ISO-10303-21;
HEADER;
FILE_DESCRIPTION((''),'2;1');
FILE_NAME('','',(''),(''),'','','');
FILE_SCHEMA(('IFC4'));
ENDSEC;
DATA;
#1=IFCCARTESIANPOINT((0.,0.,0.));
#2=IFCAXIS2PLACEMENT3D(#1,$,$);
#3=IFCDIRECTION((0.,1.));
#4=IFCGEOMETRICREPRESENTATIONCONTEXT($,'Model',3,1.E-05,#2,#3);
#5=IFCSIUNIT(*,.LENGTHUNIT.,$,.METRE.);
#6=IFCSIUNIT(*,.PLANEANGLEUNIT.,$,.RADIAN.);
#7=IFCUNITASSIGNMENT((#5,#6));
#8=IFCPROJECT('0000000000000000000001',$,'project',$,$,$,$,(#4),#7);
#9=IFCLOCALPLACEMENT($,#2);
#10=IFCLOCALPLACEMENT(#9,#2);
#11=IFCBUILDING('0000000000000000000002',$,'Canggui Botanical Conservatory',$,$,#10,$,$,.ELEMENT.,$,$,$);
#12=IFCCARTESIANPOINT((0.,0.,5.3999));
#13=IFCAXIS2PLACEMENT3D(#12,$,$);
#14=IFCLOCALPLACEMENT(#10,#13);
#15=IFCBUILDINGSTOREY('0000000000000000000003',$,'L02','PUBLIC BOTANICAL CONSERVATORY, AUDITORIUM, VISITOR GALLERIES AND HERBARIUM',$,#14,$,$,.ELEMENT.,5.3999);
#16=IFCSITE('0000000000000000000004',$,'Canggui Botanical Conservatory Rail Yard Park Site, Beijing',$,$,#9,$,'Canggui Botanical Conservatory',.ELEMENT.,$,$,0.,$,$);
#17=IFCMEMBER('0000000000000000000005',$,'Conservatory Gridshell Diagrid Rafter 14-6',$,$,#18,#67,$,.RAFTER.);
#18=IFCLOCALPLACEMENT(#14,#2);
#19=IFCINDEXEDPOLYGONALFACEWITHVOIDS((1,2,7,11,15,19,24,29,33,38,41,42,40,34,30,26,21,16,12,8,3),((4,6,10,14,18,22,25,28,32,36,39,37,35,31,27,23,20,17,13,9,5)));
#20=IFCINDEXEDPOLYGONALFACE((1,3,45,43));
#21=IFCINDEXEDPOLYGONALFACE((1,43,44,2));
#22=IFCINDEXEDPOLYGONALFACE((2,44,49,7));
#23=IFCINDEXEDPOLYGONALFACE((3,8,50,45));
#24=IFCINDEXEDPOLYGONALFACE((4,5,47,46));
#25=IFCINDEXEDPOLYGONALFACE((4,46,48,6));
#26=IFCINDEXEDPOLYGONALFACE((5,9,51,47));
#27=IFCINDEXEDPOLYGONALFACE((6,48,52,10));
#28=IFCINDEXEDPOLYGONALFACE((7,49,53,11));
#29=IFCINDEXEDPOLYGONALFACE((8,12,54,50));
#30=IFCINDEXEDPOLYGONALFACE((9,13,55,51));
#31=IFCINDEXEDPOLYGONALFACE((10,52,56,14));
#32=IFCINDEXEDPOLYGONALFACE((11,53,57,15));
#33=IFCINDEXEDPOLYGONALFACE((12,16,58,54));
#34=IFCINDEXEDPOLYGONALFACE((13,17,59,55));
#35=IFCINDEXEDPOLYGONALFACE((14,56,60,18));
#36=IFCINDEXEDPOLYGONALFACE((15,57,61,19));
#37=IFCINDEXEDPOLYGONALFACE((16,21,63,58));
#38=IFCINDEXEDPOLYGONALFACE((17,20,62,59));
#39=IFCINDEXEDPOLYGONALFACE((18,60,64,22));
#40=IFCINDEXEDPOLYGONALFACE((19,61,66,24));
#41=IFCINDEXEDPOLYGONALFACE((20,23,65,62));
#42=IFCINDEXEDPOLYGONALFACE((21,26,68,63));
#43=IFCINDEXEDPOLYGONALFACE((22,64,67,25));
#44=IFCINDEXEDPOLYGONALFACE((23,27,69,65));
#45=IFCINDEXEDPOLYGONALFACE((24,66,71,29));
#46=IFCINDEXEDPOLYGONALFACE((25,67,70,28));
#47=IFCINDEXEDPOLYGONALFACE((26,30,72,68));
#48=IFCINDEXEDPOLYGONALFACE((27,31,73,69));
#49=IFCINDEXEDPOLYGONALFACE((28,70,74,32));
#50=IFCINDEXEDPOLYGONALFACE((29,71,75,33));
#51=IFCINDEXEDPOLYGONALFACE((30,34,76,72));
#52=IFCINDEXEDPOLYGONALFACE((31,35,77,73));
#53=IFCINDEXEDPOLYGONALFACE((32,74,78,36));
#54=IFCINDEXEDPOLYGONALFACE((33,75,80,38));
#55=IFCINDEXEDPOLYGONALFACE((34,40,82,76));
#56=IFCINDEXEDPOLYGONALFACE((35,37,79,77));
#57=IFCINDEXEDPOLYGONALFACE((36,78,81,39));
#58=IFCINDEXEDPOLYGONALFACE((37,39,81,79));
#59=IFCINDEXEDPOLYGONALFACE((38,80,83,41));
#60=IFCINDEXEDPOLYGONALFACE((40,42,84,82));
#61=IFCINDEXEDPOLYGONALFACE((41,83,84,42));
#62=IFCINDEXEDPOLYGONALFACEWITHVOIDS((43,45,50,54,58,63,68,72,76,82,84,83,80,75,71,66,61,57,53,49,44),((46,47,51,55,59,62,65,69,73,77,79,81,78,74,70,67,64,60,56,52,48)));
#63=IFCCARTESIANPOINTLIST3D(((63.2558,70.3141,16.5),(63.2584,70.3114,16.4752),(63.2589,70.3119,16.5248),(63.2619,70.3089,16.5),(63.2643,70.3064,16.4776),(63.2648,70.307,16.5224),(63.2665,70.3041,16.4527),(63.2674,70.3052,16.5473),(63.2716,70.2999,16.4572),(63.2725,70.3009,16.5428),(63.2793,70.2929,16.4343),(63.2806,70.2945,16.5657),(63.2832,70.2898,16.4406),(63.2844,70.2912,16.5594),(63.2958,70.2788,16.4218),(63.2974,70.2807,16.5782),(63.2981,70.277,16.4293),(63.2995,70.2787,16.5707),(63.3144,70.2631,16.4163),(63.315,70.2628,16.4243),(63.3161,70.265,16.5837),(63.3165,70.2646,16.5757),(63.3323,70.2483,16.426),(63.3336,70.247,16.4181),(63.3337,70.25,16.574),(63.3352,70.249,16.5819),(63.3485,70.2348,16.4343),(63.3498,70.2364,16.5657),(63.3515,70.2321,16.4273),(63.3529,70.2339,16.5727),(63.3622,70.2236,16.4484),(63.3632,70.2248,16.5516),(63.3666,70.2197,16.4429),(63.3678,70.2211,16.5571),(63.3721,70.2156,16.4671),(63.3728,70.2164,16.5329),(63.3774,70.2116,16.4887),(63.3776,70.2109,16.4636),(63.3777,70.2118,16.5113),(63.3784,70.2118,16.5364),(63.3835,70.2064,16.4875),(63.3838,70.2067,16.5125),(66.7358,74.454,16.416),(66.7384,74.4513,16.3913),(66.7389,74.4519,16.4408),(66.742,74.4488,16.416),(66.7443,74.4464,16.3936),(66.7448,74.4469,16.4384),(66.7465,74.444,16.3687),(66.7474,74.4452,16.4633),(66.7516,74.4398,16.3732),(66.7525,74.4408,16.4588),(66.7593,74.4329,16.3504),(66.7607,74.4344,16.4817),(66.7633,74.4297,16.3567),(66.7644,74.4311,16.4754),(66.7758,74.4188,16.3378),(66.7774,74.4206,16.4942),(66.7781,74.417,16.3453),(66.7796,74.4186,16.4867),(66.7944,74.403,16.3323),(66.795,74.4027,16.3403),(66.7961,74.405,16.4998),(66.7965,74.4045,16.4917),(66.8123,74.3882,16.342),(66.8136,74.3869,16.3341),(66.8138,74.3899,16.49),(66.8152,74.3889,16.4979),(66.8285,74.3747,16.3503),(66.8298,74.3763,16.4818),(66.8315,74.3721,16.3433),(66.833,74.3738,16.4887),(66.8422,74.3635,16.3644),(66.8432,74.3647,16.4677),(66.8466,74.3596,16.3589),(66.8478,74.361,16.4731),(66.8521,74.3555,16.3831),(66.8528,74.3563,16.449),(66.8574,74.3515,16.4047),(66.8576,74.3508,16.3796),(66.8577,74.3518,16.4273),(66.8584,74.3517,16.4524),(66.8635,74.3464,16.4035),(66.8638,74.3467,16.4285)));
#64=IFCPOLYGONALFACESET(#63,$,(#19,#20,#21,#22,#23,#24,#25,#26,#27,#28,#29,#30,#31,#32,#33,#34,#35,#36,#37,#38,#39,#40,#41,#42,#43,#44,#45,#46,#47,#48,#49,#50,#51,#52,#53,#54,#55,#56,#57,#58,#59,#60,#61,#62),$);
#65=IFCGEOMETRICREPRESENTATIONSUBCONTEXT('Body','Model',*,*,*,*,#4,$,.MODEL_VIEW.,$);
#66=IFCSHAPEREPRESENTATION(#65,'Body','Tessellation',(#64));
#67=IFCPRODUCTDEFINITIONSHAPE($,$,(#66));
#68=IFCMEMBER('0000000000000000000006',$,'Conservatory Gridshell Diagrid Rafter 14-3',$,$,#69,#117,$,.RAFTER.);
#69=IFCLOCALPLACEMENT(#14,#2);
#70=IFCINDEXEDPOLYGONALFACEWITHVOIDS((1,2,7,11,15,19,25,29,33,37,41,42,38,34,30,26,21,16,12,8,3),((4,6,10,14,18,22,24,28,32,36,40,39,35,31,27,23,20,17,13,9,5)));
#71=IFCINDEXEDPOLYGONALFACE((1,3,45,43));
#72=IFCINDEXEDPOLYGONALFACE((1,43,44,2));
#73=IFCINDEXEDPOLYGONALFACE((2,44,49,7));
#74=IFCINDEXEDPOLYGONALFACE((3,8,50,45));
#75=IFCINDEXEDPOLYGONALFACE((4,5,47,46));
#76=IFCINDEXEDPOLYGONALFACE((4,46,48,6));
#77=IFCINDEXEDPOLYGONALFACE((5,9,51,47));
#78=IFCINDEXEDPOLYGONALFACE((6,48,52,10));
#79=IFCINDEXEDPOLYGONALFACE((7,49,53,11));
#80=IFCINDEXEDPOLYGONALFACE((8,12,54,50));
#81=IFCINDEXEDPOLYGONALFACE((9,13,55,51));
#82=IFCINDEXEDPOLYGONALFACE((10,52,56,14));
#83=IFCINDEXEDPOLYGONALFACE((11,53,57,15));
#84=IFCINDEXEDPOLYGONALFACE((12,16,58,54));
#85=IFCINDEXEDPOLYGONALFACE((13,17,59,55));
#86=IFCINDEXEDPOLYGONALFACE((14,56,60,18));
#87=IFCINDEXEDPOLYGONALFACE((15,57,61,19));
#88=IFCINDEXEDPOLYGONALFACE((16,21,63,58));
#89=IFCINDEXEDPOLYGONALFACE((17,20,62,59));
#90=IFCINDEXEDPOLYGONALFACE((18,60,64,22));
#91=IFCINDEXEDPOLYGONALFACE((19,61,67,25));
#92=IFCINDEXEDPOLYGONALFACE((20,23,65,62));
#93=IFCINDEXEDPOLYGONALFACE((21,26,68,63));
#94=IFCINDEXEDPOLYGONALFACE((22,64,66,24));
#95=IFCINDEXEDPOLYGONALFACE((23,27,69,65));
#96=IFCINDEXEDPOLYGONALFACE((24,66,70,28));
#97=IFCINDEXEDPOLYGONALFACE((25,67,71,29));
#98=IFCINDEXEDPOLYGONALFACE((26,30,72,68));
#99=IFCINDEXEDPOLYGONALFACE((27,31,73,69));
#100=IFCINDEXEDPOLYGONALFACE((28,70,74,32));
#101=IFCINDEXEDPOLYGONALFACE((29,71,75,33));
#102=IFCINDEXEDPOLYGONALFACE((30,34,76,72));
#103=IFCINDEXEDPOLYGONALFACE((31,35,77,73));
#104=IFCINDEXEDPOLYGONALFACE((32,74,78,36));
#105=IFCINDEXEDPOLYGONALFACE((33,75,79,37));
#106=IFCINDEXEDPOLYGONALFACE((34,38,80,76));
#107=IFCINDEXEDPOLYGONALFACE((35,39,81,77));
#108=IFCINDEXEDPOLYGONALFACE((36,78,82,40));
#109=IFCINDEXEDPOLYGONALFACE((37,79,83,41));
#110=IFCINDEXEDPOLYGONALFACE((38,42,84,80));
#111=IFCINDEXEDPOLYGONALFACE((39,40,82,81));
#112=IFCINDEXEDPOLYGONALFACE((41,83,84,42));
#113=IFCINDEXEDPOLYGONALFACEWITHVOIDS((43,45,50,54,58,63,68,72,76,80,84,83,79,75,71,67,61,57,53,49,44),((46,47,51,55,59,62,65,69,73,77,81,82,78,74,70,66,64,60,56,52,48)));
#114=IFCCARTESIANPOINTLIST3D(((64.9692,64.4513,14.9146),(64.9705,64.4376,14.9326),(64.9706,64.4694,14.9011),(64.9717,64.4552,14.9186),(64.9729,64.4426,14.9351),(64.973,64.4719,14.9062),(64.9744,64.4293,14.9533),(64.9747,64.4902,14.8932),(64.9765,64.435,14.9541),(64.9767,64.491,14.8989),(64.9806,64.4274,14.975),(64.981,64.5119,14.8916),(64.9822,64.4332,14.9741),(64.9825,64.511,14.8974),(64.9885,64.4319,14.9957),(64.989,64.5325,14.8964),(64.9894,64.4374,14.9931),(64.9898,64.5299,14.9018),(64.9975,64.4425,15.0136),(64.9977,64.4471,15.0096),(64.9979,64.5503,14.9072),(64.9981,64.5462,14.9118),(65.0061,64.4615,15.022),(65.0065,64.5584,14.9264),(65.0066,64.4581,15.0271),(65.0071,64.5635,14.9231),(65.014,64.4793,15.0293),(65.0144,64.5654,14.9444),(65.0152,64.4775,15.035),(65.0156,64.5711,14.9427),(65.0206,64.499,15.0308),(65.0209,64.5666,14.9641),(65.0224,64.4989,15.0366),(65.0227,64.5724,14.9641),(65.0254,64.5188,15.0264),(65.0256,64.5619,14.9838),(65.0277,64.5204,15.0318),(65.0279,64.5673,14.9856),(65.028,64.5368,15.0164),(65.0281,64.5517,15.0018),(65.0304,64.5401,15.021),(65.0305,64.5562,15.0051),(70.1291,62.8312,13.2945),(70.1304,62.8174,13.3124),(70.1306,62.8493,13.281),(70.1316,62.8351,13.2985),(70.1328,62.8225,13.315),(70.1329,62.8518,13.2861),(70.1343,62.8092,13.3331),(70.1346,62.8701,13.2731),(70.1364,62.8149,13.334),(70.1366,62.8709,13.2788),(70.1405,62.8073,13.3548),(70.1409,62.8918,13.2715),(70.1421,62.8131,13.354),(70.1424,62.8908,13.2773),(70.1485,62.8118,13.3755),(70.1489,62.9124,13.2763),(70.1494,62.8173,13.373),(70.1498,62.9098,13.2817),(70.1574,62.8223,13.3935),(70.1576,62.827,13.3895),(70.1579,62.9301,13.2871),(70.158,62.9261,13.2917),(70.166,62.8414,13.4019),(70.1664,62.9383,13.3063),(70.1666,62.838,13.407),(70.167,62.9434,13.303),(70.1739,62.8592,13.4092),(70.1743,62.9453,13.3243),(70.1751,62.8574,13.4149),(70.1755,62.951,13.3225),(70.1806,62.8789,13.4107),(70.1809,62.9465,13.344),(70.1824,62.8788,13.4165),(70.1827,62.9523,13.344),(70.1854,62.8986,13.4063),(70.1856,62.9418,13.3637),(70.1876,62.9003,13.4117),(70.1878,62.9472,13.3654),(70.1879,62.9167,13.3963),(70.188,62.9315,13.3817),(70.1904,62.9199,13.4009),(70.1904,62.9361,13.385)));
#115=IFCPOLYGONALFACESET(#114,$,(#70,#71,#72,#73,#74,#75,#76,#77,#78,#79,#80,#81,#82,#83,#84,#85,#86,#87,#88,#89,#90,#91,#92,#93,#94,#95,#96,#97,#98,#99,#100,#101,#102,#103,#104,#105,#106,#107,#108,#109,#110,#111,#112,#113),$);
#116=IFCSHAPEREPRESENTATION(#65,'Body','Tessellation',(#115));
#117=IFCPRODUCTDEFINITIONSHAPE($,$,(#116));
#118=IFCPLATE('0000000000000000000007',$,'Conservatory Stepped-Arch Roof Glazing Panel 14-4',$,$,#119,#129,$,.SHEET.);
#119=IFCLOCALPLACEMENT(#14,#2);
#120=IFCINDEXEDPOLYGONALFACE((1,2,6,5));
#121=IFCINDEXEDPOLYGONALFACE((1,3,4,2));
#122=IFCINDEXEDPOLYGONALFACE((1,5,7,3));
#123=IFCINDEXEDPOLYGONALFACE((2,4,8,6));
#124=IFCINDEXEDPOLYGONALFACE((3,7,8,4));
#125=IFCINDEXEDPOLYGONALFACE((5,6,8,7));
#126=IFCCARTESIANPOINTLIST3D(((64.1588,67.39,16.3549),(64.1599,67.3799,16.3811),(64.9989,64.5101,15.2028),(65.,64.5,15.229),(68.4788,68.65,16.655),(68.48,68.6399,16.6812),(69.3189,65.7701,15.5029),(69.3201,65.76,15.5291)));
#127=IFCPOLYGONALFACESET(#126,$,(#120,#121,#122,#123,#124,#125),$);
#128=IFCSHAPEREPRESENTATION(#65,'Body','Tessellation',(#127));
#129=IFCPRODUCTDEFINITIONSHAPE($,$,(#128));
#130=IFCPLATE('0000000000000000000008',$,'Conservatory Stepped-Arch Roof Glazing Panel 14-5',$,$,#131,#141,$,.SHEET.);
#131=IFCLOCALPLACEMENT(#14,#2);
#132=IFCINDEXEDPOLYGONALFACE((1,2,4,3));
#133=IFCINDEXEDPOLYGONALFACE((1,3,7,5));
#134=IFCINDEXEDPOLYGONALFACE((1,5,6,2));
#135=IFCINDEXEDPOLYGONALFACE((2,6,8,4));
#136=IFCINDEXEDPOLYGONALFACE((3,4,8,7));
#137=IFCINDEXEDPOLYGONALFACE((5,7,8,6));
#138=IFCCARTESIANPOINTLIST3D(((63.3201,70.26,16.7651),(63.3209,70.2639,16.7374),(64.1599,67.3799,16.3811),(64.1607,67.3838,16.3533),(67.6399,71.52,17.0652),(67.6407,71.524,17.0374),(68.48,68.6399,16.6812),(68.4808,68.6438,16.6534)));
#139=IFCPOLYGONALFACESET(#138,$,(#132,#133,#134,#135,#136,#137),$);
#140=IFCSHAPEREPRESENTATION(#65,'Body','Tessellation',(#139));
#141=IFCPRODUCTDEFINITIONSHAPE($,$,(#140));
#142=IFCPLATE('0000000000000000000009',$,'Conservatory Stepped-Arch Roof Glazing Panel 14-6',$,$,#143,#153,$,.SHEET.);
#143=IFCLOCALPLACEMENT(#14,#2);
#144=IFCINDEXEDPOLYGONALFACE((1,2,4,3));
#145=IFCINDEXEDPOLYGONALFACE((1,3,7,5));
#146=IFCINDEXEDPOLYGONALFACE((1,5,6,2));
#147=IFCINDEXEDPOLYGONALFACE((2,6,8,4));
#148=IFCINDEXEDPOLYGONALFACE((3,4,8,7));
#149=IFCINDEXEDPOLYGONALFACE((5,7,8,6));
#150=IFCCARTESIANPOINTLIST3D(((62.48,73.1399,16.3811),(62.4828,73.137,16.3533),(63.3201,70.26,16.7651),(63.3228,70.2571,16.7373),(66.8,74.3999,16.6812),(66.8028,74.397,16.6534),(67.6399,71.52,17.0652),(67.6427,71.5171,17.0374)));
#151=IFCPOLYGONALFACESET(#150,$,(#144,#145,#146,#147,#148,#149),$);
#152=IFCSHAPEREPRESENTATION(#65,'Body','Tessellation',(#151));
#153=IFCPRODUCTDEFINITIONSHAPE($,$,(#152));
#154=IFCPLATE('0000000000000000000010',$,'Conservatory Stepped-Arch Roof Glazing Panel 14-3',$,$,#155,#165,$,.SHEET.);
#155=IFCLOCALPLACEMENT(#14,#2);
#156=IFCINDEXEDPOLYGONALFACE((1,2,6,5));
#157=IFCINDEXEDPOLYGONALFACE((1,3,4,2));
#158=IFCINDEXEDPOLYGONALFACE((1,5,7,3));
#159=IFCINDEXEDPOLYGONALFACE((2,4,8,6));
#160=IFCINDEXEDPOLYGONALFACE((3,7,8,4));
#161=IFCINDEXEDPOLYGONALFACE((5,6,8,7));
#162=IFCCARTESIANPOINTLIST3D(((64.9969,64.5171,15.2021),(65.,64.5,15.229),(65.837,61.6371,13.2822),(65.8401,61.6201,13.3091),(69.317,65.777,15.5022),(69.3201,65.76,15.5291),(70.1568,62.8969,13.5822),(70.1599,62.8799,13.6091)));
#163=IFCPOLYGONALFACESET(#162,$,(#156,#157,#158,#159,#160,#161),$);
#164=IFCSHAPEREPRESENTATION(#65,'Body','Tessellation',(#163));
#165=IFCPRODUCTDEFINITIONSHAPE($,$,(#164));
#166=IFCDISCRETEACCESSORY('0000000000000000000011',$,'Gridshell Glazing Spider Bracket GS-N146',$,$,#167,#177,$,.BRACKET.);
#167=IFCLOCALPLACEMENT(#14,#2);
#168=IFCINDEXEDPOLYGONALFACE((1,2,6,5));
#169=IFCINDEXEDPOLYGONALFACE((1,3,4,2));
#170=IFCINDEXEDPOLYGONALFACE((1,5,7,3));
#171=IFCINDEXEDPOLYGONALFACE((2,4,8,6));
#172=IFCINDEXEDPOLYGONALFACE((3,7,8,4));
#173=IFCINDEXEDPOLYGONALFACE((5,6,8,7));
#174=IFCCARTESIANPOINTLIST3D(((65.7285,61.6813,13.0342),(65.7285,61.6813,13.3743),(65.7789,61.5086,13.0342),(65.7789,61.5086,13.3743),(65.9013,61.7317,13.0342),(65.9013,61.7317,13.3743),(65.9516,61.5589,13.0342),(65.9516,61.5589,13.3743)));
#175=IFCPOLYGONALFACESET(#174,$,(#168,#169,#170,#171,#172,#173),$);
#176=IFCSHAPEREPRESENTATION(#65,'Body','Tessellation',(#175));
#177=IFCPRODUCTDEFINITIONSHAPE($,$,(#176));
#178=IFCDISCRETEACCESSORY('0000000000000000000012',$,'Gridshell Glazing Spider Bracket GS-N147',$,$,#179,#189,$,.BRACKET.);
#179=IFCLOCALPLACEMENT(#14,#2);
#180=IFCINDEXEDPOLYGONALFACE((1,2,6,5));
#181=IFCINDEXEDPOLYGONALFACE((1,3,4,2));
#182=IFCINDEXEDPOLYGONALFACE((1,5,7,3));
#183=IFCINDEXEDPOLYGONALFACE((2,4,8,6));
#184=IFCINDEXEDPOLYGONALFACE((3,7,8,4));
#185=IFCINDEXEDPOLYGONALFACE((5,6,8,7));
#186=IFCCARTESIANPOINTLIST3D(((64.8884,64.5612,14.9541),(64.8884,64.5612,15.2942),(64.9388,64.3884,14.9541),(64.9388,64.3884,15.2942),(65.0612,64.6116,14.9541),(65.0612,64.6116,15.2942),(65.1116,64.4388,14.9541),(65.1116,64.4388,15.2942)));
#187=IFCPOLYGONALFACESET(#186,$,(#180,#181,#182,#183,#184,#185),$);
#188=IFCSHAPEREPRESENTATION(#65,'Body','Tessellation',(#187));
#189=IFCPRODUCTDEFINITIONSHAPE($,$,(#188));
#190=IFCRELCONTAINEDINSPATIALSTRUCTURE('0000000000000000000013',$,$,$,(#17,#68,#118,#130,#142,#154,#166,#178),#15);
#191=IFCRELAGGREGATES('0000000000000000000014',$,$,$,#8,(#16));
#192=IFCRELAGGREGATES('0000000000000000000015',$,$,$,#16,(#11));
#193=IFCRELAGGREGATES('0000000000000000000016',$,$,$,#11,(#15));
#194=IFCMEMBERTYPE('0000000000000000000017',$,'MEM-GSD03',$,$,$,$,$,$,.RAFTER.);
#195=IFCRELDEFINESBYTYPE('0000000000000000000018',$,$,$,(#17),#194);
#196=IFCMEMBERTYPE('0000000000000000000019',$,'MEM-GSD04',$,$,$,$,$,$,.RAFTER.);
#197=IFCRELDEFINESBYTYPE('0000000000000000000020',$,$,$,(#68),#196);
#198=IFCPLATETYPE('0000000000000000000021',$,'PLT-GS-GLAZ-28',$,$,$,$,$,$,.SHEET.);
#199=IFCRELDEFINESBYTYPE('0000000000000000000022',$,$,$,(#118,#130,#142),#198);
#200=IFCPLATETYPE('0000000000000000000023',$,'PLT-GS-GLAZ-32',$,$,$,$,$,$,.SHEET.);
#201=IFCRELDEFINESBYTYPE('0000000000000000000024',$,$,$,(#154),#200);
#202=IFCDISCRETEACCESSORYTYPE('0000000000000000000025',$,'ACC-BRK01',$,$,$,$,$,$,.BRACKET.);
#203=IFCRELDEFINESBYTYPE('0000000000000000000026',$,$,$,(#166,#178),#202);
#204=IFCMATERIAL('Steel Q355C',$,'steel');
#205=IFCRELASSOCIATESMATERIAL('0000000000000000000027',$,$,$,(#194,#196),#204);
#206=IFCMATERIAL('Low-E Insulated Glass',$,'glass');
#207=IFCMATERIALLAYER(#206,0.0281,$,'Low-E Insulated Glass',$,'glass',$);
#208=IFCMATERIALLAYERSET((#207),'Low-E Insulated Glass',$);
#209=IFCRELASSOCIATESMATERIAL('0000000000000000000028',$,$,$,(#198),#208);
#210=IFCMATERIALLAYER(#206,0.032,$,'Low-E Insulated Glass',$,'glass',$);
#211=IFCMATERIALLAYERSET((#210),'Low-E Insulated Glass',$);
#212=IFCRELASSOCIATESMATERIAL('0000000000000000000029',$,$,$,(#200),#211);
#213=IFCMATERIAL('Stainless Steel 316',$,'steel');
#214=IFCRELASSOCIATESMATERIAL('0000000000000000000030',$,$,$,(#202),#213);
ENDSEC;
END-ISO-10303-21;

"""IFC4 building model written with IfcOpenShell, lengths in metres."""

from ifc_helpers import new_model, si_unit, direction, frame, origin, origin_2d, place, context, subcontext, project, spatial, polyline, rectangle, hollow_circle, outline, extrude, material, layer, layer_set, material_profile, profile_set, type_object, element, save


model = new_model("IFC4")

# Units and contexts
model_context = context("Model", 3, precision=1e-05, world=origin(), true_north=direction((0.0, 1.0)))
body_context = subcontext(model_context, "Body", "Model", "MODEL_VIEW")
ifc_project = project(units=[si_unit("LENGTHUNIT", "METRE"), si_unit("PLANEANGLEUNIT", "RADIAN")], contexts=[model_context])

# Site, building, storey
site_placement = place(None, origin())
site = spatial("IfcSite", under=ifc_project, at=site_placement, Name="Canggui Botanical Conservatory Rail Yard Park Site, Beijing", LongName="Canggui Botanical Conservatory", CompositionType="ELEMENT", RefElevation=0.0)
building_placement = place(site_placement, origin())
building = spatial("IfcBuilding", under=site, at=building_placement, Name="Canggui Botanical Conservatory", CompositionType="ELEMENT")
storey_placement = place(building_placement, frame((0.0, 0.0, 5.3999)))
storey = spatial("IfcBuildingStorey", under=building, at=storey_placement, Name="L02", Description="PUBLIC BOTANICAL CONSERVATORY, AUDITORIUM, VISITOR GALLERIES AND HERBARIUM", CompositionType="ELEMENT", Elevation=5.3999)

# Shared definitions
ifc_material_1 = material(Name="Steel Q355C", Category="steel")

# Members
ifc_material_profile_1 = material_profile(ifc_material_1, hollow_circle(Radius=0.084, WallThickness=0.0081, at=origin_2d()), Name="CHS 168x8")
ifc_profile_set_1 = profile_set([ifc_material_profile_1], Name="Steel Q355C")
member_type_1 = type_object("IfcMemberType", Name="MEM-GSD03", PredefinedType="RAFTER", material=ifc_profile_set_1)
member_1_placement = place(storey_placement, frame((63.3201, 70.26, 16.5), z_axis=(0.643382, 0.765388, -0.015527), x_axis=(-0.76548, 0.64346, 0.0)))
element("IfcMember", 1, at=member_1_placement, inside=storey, type_object=member_type_1, Name="Conservatory Gridshell Diagrid Rafter 14-6", PredefinedType="RAFTER", context=body_context, shape_type="SweptSolid", body=[
    extrude(hollow_circle(Radius=0.084, WallThickness=0.0081, at=origin_2d()), origin(), (0.0, 0.0, 1.0), 5.4089),
])
ifc_material_profile_2 = material_profile(ifc_material_1, hollow_circle(Radius=0.0759, WallThickness=0.0061, at=origin_2d()), Name="CHS 152x6")
ifc_profile_set_2 = profile_set([ifc_material_profile_2], Name="Steel Q355C")
member_type_2 = type_object("IfcMemberType", Name="MEM-GSD04", PredefinedType="RAFTER", material=ifc_profile_set_2)
member_2_placement = place(storey_placement, frame((65.0, 64.5, 14.9641), z_axis=(0.91395, -0.286963, -0.286963), x_axis=(0.299562, 0.954077, 0.0)))
element("IfcMember", 2, at=member_2_placement, inside=storey, type_object=member_type_2, Name="Conservatory Gridshell Diagrid Rafter 14-3", PredefinedType="RAFTER", context=body_context, shape_type="SweptSolid", body=[
    extrude(hollow_circle(Radius=0.0759, WallThickness=0.0061, at=origin_2d()), origin(), (0.0, 0.0, 1.0), 5.6458),
])

# Plates
ifc_material_2 = material(Name="Low-E Insulated Glass", Category="glass")
ifc_layer_1 = layer(ifc_material_2, 0.0281, Name="Low-E Insulated Glass", Category="glass")
ifc_layer_set_1 = layer_set([ifc_layer_1], Name="Low-E Insulated Glass")
plate_type_1 = type_object("IfcPlateType", Name="PLT-GS-GLAZ-28", PredefinedType="SHEET", material=ifc_layer_set_1)
plate_1_placement = place(storey_placement, frame((65.0, 64.5, 15.229), z_axis=(0.040551, -0.360906, 0.93172), x_axis=(0.957874, 0.279378, 0.066529)))
element("IfcPlate", 3, at=plate_1_placement, inside=storey, type_object=plate_type_1, Name="Conservatory Stepped-Arch Roof Glazing Panel 14-4", PredefinedType="SHEET", context=body_context, shape_type="SweptSolid", body=[
    extrude(outline(polyline([(0.0, 0.0), (4.5101, 0.0), (4.5866, 3.2126), (0.0765, 3.2126), (0.0, 0.0)])), origin(), (0.0, 0.0, -1.0), 0.0281),
])
plate_2_placement = place(storey_placement, frame((64.1599, 67.3799, 16.3811), z_axis=(-0.02788, -0.140103, 0.989744), x_axis=(0.957874, 0.279377, 0.06653)))
element("IfcPlate", 4, at=plate_2_placement, inside=storey, type_object=plate_type_1, Name="Conservatory Stepped-Arch Roof Glazing Panel 14-5", PredefinedType="SHEET", context=body_context, shape_type="SweptSolid", body=[
    extrude(outline(polyline([(0.0, 0.0), (4.5101, 0.0), (4.5356, 3.0245), (0.0257, 3.0244), (0.0, 0.0)])), origin(), (0.0, 0.0, -1.0), 0.0281),
])
plate_3_placement = place(storey_placement, frame((63.3201, 70.26, 16.7651), z_axis=(-0.098832, 0.103156, 0.989743), x_axis=(0.95787, 0.279392, 0.06653)))
element("IfcPlate", 5, at=plate_3_placement, inside=storey, type_object=plate_type_1, Name="Conservatory Stepped-Arch Roof Glazing Panel 14-6", PredefinedType="SHEET", context=body_context, shape_type="SweptSolid", body=[
    extrude(outline(polyline([(0.0, 0.0), (4.5098, 0.0), (4.4844, 3.0242), (-0.0256, 3.0243), (0.0, 0.0)])), origin(), (0.0, 0.0, -1.0), 0.0281),
])
ifc_layer_2 = layer(ifc_material_2, 0.032, Name="Low-E Insulated Glass", Category="glass")
ifc_layer_set_2 = layer_set([ifc_layer_2], Name="Low-E Insulated Glass")
plate_type_2 = type_object("IfcPlateType", Name="PLT-GS-GLAZ-32", PredefinedType="SHEET", material=ifc_layer_set_2)
plate_4_placement = place(storey_placement, frame((65.8401, 61.6201, 13.3091), z_axis=(0.096852, -0.532366, 0.840956), x_axis=(0.957883, 0.279348, 0.066523)))
element("IfcPlate", 6, at=plate_4_placement, inside=storey, type_object=plate_type_2, Name="Conservatory Stepped-Arch Roof Glazing Panel 14-3", PredefinedType="SHEET", context=body_context, shape_type="SweptSolid", body=[
    extrude(outline(polyline([(0.0, 0.0), (4.5098, 0.0), (4.6376, 3.5595), (0.1275, 3.5594), (0.0, 0.0)])), origin(), (0.0, 0.0, -1.0), 0.032),
])

# Discrete accessories
ifc_material_3 = material(Name="Stainless Steel 316", Category="steel")
discrete_accessory_type_1 = type_object("IfcDiscreteAccessoryType", Name="ACC-BRK01", PredefinedType="BRACKET", material=ifc_material_3)
for number, where, z_axis, x_axis, name in (
    (7, (65.8401, 61.6201, 13.0342), (0.0, 0.0, 1.0), (0.96, 0.28, 0.0), "Gridshell Glazing Spider Bracket GS-N146"),
    (8, (65.0, 64.5, 14.9541), (0.0, 0.0, 1.0), (0.96, 0.28, 0.0), "Gridshell Glazing Spider Bracket GS-N147"),
):
    element("IfcDiscreteAccessory", number, at=place(storey_placement, frame(where, z_axis=z_axis, x_axis=x_axis)), inside=storey, type_object=discrete_accessory_type_1, Name=name, PredefinedType="BRACKET", context=body_context, shape_type="SweptSolid", body=[
        extrude(rectangle(XDim=0.1799, YDim=0.1799, at=origin_2d()), origin(), (0.0, 0.0, 1.0), 0.3401),
    ])

save(model, "model.ifc")
